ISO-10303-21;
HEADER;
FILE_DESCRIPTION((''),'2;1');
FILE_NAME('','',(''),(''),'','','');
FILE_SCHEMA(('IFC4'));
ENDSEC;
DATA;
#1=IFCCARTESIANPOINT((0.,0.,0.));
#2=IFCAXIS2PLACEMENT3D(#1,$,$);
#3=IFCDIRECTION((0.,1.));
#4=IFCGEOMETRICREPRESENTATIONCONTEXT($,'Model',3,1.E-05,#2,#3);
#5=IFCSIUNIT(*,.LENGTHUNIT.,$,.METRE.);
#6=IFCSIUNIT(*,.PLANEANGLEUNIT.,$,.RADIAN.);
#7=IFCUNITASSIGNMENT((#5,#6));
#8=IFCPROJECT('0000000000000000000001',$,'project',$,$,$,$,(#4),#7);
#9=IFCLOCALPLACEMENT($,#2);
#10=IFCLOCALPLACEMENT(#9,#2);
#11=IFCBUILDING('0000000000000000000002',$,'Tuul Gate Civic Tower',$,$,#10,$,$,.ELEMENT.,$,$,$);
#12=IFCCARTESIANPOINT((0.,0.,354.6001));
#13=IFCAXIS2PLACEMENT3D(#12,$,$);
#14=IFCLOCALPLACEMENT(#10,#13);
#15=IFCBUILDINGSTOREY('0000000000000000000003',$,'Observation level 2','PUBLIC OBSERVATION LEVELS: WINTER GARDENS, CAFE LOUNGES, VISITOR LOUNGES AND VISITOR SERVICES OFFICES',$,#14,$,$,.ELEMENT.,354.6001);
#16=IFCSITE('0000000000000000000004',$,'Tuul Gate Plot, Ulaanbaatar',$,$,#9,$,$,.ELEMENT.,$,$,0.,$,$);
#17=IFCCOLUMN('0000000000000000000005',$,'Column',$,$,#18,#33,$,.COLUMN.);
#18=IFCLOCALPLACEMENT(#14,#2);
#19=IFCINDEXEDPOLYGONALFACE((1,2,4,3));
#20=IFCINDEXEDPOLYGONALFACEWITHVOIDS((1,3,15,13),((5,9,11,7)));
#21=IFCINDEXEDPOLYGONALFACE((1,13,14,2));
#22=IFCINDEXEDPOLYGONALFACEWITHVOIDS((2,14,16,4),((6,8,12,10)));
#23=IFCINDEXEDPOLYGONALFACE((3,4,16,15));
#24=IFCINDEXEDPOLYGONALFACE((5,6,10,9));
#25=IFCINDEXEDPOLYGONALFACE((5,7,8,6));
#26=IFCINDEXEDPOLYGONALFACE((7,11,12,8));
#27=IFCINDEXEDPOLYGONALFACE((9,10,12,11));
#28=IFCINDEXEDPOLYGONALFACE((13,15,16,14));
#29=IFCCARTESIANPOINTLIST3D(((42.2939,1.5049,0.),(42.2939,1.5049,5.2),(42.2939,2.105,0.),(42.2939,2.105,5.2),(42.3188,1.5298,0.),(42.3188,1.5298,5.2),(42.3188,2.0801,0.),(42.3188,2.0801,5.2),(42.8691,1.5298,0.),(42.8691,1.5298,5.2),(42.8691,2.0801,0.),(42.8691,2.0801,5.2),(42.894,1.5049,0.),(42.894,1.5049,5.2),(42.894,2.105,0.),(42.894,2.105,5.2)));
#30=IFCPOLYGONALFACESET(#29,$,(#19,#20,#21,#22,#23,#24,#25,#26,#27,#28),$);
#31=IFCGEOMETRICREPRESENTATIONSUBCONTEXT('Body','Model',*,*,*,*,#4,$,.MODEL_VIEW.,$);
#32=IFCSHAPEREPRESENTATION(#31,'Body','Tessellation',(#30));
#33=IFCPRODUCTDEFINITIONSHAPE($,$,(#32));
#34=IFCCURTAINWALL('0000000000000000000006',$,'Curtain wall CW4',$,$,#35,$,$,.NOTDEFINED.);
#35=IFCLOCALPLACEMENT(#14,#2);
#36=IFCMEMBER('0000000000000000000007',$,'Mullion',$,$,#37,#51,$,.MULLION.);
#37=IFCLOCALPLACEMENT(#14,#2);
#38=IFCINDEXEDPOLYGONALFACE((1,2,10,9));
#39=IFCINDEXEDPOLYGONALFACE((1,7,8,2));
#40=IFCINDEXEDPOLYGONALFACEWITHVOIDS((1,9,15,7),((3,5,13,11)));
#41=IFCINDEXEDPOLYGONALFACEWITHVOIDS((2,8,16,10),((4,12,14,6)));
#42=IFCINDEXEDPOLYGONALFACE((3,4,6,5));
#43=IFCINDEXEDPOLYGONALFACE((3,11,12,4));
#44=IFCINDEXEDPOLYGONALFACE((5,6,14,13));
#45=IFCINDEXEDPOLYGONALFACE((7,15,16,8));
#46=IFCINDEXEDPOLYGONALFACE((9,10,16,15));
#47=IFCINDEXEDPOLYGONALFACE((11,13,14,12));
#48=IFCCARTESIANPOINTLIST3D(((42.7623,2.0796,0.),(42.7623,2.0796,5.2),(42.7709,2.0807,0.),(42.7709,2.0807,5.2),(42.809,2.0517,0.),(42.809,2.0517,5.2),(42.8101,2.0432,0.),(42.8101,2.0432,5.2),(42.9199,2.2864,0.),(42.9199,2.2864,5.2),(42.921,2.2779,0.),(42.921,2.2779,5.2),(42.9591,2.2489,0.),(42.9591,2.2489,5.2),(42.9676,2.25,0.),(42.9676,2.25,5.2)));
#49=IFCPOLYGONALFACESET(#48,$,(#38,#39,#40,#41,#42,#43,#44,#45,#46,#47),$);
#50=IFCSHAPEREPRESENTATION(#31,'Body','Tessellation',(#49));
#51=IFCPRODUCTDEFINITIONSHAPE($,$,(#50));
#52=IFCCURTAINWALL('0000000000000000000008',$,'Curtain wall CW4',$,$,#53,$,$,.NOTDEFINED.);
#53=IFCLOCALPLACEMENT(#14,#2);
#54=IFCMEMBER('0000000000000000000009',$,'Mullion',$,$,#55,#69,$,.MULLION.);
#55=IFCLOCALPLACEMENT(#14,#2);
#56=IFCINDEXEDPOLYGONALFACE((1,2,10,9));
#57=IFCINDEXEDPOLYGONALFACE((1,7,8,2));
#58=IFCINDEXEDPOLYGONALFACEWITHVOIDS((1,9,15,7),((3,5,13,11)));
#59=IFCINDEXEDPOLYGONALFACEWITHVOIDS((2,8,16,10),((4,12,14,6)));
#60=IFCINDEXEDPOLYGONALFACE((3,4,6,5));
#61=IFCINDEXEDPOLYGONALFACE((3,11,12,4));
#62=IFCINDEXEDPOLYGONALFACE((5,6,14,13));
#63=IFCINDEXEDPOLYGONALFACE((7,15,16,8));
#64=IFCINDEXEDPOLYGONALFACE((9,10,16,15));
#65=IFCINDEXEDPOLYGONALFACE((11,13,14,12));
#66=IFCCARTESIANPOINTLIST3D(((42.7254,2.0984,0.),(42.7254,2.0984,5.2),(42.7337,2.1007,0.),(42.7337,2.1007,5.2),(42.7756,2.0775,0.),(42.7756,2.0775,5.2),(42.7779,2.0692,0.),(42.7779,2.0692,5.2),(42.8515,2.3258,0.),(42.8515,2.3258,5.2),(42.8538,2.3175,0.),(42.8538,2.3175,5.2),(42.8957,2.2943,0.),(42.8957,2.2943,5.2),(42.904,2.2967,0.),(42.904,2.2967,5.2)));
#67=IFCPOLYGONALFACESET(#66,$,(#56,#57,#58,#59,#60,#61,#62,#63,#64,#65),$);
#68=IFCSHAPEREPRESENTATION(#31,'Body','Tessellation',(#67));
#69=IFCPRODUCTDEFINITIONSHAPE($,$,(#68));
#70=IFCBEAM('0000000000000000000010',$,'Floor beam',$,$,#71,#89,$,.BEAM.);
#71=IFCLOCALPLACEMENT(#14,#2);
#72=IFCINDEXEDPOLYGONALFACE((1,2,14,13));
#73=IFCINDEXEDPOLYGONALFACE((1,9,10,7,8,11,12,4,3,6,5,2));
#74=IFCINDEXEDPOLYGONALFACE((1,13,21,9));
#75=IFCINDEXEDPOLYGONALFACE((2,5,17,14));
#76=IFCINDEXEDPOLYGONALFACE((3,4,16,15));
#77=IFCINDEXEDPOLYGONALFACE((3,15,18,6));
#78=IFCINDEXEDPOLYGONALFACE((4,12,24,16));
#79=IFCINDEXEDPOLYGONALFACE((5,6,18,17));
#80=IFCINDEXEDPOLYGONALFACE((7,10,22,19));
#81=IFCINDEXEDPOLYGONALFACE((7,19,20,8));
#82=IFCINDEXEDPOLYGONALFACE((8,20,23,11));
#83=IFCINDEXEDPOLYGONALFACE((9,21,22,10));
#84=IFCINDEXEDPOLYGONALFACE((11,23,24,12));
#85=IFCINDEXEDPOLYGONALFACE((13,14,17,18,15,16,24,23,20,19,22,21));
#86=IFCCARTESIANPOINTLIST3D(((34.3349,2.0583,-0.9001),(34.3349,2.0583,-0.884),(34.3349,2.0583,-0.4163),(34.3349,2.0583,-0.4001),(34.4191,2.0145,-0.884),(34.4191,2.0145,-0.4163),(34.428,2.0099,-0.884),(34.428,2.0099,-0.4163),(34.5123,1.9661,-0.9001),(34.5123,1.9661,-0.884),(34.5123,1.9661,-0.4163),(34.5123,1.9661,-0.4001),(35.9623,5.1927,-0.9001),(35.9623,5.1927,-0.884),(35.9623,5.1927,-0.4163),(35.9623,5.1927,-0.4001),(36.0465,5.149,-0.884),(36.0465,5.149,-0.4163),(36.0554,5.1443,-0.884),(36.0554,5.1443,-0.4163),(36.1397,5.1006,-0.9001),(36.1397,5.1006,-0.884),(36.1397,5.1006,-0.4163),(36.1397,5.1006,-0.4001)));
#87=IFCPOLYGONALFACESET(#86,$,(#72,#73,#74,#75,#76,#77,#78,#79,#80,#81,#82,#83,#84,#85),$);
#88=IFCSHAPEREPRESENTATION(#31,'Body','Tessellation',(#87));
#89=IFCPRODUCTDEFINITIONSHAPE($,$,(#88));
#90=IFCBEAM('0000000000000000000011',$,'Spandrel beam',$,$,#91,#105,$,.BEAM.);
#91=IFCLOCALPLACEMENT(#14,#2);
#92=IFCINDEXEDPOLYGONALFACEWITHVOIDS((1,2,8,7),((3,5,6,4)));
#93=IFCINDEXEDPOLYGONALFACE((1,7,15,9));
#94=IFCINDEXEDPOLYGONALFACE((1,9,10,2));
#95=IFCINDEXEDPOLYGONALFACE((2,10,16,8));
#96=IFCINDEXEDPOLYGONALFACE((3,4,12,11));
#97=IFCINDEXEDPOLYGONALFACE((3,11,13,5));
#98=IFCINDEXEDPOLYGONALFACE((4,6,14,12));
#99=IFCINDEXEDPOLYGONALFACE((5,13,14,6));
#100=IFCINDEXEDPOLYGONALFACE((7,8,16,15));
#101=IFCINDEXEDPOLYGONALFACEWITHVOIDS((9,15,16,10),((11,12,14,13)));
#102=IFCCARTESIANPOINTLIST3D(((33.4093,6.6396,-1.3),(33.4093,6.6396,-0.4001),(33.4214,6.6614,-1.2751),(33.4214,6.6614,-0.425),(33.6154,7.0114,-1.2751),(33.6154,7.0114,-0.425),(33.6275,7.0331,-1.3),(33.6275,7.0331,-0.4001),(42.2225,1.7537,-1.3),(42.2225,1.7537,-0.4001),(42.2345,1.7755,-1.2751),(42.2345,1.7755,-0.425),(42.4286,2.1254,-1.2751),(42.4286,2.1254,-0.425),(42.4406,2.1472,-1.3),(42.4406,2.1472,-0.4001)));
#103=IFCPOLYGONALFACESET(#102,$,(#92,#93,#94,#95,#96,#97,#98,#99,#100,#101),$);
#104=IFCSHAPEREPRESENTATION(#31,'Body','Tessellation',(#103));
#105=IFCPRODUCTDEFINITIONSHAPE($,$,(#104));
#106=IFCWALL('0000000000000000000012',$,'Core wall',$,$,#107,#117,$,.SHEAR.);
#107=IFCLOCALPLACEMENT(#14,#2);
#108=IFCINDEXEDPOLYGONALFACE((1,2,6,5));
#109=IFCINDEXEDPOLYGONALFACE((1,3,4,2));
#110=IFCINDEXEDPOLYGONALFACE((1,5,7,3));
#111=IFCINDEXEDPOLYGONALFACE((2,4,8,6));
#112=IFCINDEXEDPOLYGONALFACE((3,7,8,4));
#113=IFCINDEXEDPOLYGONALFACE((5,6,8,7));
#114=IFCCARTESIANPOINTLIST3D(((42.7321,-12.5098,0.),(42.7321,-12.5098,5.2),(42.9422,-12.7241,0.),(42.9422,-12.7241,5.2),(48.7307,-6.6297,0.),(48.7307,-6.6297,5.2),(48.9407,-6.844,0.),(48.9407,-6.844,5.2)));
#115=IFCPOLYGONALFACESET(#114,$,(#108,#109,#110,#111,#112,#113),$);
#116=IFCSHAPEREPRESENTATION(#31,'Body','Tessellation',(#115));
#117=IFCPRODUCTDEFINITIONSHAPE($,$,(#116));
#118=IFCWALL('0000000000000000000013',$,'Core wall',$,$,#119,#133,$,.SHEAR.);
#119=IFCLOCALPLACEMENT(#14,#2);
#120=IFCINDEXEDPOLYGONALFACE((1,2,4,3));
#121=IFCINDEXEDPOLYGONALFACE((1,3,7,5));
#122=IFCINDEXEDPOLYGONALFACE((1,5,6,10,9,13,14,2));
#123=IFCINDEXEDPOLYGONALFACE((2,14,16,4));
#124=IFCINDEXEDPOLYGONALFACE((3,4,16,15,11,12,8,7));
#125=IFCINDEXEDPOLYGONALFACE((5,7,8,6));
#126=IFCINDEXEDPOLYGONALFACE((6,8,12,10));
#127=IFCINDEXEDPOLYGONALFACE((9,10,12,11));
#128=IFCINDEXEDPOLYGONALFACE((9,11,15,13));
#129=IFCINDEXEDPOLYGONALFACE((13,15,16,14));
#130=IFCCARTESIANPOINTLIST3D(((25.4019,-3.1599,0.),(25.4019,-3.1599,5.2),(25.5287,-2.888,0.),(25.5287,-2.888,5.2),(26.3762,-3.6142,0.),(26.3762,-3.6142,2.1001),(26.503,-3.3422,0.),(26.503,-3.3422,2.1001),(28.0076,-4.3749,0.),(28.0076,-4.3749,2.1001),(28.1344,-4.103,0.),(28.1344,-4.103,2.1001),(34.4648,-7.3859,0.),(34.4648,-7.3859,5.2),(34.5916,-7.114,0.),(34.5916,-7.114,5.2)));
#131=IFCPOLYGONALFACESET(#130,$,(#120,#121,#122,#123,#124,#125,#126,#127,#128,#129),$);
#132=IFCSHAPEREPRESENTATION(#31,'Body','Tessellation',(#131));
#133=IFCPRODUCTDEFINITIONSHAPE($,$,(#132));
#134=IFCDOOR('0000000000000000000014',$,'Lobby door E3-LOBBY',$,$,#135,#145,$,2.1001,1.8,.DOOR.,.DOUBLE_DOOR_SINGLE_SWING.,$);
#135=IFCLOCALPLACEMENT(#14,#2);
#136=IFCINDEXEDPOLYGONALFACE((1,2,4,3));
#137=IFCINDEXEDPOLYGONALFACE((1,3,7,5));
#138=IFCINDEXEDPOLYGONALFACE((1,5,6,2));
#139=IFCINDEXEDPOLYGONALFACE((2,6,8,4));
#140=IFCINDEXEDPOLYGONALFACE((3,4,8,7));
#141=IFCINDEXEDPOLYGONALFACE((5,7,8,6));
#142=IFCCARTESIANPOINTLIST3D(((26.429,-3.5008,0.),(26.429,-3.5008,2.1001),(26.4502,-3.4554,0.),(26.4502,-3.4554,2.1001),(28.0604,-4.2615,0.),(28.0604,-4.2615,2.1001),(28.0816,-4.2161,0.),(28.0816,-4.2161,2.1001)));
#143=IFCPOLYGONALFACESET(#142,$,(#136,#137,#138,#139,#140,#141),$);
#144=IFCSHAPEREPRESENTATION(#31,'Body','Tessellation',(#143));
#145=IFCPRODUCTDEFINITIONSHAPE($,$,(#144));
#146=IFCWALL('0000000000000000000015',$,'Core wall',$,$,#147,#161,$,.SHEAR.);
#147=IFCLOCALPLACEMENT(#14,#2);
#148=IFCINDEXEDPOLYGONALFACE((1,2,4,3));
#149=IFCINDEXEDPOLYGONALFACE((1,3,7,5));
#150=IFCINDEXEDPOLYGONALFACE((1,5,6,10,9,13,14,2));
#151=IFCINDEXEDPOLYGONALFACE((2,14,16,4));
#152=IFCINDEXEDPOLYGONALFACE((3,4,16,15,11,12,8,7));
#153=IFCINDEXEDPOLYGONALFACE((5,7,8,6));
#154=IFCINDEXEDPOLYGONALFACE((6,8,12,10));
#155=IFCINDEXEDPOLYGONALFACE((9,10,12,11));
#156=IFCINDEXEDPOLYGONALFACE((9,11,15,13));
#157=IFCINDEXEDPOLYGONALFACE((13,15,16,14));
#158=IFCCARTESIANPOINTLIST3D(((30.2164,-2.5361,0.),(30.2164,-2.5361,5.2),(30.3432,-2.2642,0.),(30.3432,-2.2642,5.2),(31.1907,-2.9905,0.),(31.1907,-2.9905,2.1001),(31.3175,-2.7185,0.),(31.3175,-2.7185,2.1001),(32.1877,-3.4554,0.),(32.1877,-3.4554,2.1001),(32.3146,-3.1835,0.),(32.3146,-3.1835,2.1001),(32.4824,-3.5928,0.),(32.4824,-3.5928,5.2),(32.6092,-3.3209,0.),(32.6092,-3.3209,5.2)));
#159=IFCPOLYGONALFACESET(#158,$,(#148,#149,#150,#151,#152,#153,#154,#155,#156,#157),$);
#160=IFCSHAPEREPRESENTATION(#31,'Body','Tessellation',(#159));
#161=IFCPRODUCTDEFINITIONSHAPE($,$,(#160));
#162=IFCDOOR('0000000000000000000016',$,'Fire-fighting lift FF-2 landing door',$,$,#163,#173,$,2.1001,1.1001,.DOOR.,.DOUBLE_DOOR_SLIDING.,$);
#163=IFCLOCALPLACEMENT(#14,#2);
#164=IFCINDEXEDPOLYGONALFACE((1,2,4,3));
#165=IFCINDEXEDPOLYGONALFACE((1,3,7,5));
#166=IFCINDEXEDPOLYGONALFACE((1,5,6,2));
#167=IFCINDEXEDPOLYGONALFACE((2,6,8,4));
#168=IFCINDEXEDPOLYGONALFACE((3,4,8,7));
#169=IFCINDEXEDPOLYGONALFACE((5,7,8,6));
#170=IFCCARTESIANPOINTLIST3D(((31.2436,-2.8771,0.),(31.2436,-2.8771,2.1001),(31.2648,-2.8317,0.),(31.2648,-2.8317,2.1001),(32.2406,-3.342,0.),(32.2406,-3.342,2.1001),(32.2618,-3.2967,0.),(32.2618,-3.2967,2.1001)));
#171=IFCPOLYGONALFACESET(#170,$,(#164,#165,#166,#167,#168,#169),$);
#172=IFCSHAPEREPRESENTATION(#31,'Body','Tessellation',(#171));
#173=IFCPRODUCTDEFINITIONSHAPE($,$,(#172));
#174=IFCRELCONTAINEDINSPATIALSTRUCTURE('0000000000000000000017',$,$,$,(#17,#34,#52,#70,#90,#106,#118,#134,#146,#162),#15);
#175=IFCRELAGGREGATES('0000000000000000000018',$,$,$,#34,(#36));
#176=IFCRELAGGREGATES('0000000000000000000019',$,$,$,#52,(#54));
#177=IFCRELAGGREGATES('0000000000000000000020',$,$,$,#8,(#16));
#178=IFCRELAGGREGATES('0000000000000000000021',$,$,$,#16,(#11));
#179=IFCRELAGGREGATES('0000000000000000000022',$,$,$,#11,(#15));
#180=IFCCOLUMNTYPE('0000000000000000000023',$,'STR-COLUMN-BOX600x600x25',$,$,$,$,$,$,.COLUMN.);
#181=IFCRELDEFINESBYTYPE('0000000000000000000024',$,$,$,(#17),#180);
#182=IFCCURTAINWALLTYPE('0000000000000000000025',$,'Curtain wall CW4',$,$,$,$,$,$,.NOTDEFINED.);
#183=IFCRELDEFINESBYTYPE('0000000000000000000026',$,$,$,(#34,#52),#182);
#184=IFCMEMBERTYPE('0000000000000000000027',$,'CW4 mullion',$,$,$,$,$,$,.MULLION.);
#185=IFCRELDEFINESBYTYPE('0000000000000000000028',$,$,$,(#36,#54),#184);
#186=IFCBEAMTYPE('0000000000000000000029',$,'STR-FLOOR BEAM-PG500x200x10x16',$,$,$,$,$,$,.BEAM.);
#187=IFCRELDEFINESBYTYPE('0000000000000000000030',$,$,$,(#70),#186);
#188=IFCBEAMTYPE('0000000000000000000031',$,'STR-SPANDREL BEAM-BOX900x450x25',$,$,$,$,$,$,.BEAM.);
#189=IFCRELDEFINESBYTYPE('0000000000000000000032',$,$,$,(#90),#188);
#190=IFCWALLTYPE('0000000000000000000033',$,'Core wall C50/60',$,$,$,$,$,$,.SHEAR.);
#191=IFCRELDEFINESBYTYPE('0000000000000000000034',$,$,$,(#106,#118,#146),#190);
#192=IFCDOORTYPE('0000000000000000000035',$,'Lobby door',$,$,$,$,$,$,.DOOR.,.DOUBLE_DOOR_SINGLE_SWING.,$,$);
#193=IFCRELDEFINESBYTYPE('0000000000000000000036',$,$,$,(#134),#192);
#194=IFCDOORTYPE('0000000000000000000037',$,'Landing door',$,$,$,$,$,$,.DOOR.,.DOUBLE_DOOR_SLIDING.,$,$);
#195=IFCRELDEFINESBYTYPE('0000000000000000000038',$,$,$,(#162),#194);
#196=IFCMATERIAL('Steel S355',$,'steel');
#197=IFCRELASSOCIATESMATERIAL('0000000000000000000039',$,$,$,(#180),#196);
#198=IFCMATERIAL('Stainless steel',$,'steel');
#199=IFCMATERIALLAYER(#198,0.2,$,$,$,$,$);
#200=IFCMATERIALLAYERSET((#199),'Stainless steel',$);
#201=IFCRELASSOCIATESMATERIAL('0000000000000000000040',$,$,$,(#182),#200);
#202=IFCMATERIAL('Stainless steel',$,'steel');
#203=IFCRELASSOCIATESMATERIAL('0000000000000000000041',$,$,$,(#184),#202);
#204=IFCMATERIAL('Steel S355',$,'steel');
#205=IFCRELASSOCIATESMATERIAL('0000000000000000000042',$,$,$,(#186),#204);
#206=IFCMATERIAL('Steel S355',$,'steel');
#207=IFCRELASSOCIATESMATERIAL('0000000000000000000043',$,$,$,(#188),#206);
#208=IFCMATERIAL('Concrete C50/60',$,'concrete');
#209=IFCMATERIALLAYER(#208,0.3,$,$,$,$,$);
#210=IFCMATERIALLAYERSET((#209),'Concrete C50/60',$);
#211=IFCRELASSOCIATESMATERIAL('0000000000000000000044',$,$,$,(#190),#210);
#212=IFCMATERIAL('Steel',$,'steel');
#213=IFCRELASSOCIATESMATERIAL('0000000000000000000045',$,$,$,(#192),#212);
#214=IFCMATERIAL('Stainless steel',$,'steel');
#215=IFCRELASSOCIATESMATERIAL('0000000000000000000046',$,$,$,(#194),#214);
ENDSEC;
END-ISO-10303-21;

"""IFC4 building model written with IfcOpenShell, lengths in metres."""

from ifc_helpers import new_model, si_unit, direction, frame, frame_2d, origin, origin_2d, place, context, subcontext, project, spatial, rectangle, hollow_rectangle, i_section, extrude, material, layer, layer_set, material_profile, profile_set, type_object, element, fill, aggregate, save


model = new_model("IFC4")

# Units and contexts
model_context = context("Model", 3, precision=1e-05, world=origin(), true_north=direction((0.0, 1.0)))
body_context = subcontext(model_context, "Body", "Model", "MODEL_VIEW")
ifc_project = project(units=[si_unit("LENGTHUNIT", "METRE"), si_unit("PLANEANGLEUNIT", "RADIAN")], contexts=[model_context])

# Site, building, storey
site_placement = place(None, origin())
site = spatial("IfcSite", under=ifc_project, at=site_placement, Name="Tuul Gate Plot, Ulaanbaatar", CompositionType="ELEMENT", RefElevation=0.0)
building_placement = place(site_placement, origin())
building = spatial("IfcBuilding", under=site, at=building_placement, Name="Tuul Gate Civic Tower", CompositionType="ELEMENT")
storey_placement = place(building_placement, frame((0.0, 0.0, 354.6001)))
storey = spatial("IfcBuildingStorey", under=building, at=storey_placement, Name="Observation level 2", Description="PUBLIC OBSERVATION LEVELS: WINTER GARDENS, CAFE LOUNGES, VISITOR LOUNGES AND VISITOR SERVICES OFFICES", CompositionType="ELEMENT", Elevation=354.6001)

# Column
ifc_material_1 = material(Name="Steel S355", Category="steel")
ifc_material_profile_1 = material_profile(ifc_material_1, hollow_rectangle(XDim=0.6001, YDim=0.6001, WallThickness=0.0249, at=origin_2d()), Name="BOX600x600x25")
ifc_profile_set_1 = profile_set([ifc_material_profile_1], Name="Steel S355")
column_type = type_object("IfcColumnType", Name="STR-COLUMN-BOX600x600x25", PredefinedType="COLUMN", material=ifc_profile_set_1)
column_placement = place(storey_placement, frame((42.594, 1.8049, 0.0), z_axis=(0.0, 0.0, 1.0), x_axis=(1.0, 0.0, 0.0)))
element("IfcColumn", 1, at=column_placement, inside=storey, type_object=column_type, Name="Column", PredefinedType="COLUMN", context=body_context, shape_type="SweptSolid", body=[
    extrude(hollow_rectangle(XDim=0.6001, YDim=0.6001, WallThickness=0.0249, at=origin_2d()), origin(), (0.0, 0.0, 1.0), 5.2),
])

# Curtain walls, members
ifc_material_2 = material(Name="Stainless steel", Category="steel")
ifc_layer_1 = layer(ifc_material_2, 0.2)
ifc_layer_set_1 = layer_set([ifc_layer_1], Name="Stainless steel")
curtain_wall_type = type_object("IfcCurtainWallType", Name="Curtain wall CW4", PredefinedType="NOTDEFINED", material=ifc_layer_set_1)
curtain_wall_1_placement = place(storey_placement, origin())
curtain_wall_1 = element("IfcCurtainWall", 2, at=curtain_wall_1_placement, inside=storey, type_object=curtain_wall_type, Name="Curtain wall CW4", PredefinedType="NOTDEFINED")
ifc_material_3 = material(Name="Stainless steel", Category="steel")
ifc_material_profile_2 = material_profile(ifc_material_3, hollow_rectangle(XDim=0.26, YDim=0.0601, WallThickness=0.0061, at=origin_2d()), Name="CW4 mullion")
ifc_profile_set_2 = profile_set([ifc_material_profile_2], Name="Stainless steel")
member_type = type_object("IfcMemberType", Name="CW4 mullion", PredefinedType="MULLION", material=ifc_profile_set_2)
member_1_placement = place(storey_placement, frame((42.865, 2.1648, 0.0), z_axis=(0.0, 0.0, 1.0), x_axis=(-0.605808, -0.795611, 0.0)))
member_1 = element("IfcMember", 3, at=member_1_placement, type_object=member_type, Name="Mullion", PredefinedType="MULLION", context=body_context, shape_type="SweptSolid", body=[
    extrude(hollow_rectangle(XDim=0.26, YDim=0.0601, WallThickness=0.0061, at=origin_2d()), origin(), (0.0, 0.0, 1.0), 5.2),
])
aggregate(curtain_wall_1, [member_1])
curtain_wall_2_placement = place(storey_placement, origin())
curtain_wall_2 = element("IfcCurtainWall", 4, at=curtain_wall_2_placement, inside=storey, type_object=curtain_wall_type, Name="Curtain wall CW4", PredefinedType="NOTDEFINED")
member_2_placement = place(storey_placement, frame((42.8147, 2.1975, 0.0), z_axis=(0.0, 0.0, 1.0), x_axis=(-0.484789, -0.874631, 0.0)))
member_2 = element("IfcMember", 5, at=member_2_placement, type_object=member_type, Name="Mullion", PredefinedType="MULLION", context=body_context, shape_type="SweptSolid", body=[
    extrude(hollow_rectangle(XDim=0.26, YDim=0.0601, WallThickness=0.0061, at=origin_2d()), origin(), (0.0, 0.0, 1.0), 5.2),
])
aggregate(curtain_wall_2, [member_2])

# Beams
ifc_material_4 = material(Name="Steel S355", Category="steel")
ifc_material_profile_3 = material_profile(ifc_material_4, i_section(OverallWidth=0.2, OverallDepth=0.5, WebThickness=0.01, FlangeThickness=0.0161, at=origin_2d()), Name="PG500x200x10x16")
ifc_profile_set_3 = profile_set([ifc_material_profile_3], Name="Steel S355")
beam_type_1 = type_object("IfcBeamType", Name="STR-FLOOR BEAM-PG500x200x10x16", PredefinedType="BEAM", material=ifc_profile_set_3)
beam_1_placement = place(storey_placement, frame((34.4236, 2.0122, -0.6501), z_axis=(0.460793, 0.887507, 0.0), x_axis=(-0.887507, 0.460793, 0.0)))
element("IfcBeam", 6, at=beam_1_placement, inside=storey, type_object=beam_type_1, Name="Floor beam", PredefinedType="BEAM", context=body_context, shape_type="SweptSolid", body=[
    extrude(i_section(OverallWidth=0.2, OverallDepth=0.5, WebThickness=0.01, FlangeThickness=0.0161, at=origin_2d()), origin(), (0.0, 0.0, 1.0), 3.5317),
])
ifc_material_5 = material(Name="Steel S355", Category="steel")
ifc_material_profile_4 = material_profile(ifc_material_5, hollow_rectangle(XDim=0.45, YDim=0.8999, WallThickness=0.0249, at=origin_2d()), Name="BOX900x450x25")
ifc_profile_set_4 = profile_set([ifc_material_profile_4], Name="Steel S355")
beam_type_2 = type_object("IfcBeamType", Name="STR-SPANDREL BEAM-BOX900x450x25", PredefinedType="BEAM", material=ifc_profile_set_4)
beam_2_placement = place(storey_placement, frame((42.3315, 1.9504, -0.8501), z_axis=(-0.874589, 0.484865, 0.0), x_axis=(-0.484865, -0.874589, 0.0)))
element("IfcBeam", 7, at=beam_2_placement, inside=storey, type_object=beam_type_2, Name="Spandrel beam", PredefinedType="BEAM", context=body_context, shape_type="SweptSolid", body=[
    extrude(hollow_rectangle(XDim=0.45, YDim=0.8999, WallThickness=0.0249, at=origin_2d()), origin(), (0.0, 0.0, 1.0), 10.0769),
])

# Wall
ifc_material_6 = material(Name="Concrete C50/60", Category="concrete")
ifc_layer_2 = layer(ifc_material_6, 0.3)
ifc_layer_set_2 = layer_set([ifc_layer_2], Name="Concrete C50/60")
wall_type_1 = type_object("IfcWallType", Name="Core wall C50/60", PredefinedType="SHEAR", material=ifc_layer_set_2)
wall_1_placement = place(storey_placement, frame((42.8372, -12.6169, 0.0), z_axis=(0.0, 0.0, 1.0), x_axis=(0.71412, 0.700023, 0.0)))
element("IfcWall", 8, at=wall_1_placement, inside=storey, type_object=wall_type_1, Name="Core wall", PredefinedType="SHEAR", context=body_context, shape_type="SweptSolid", body=[
    extrude(rectangle(XDim=8.3999, YDim=0.3, at=frame_2d((4.2, 0.0))), origin(), (0.0, 0.0, 1.0), 5.2),
])

# Walls, openings, doors
wall_2_placement = place(storey_placement, frame((34.5283, -7.25, 0.0), z_axis=(0.0, 0.0, 1.0), x_axis=(-0.90631, 0.422613, 0.0)))
wall_2 = element("IfcWall", 9, at=wall_2_placement, inside=storey, type_object=wall_type_1, Name="Core wall", PredefinedType="SHEAR", context=body_context, shape_type="SweptSolid", body=[
    extrude(rectangle(XDim=9.9998, YDim=0.3, at=frame_2d((5.0, 0.0))), origin(), (0.0, 0.0, 1.0), 5.2),
])
opening_1_placement = place(wall_2_placement, frame((7.125, 0.0, 0.0)))
opening_1 = element("IfcOpeningElement", 10, at=opening_1_placement, cuts=wall_2, PredefinedType="OPENING", context=body_context, shape_type="SweptSolid", body=[
    extrude(rectangle(XDim=1.8, YDim=2.1001, at=frame_2d((0.8999, 1.05))), frame((0.0, 0.1602, 0.0), z_axis=(0.0, -1.0, 0.0), x_axis=(1.0, 0.0, 0.0)), (0.0, 0.0, 1.0), 0.3201),
])
ifc_material_7 = material(Name="Steel", Category="steel")
door_type_1 = type_object("IfcDoorType", Name="Lobby door", OperationType="DOUBLE_DOOR_SINGLE_SWING", PredefinedType="DOOR", material=ifc_material_7)
door_1_placement = place(opening_1_placement, origin())
door_1 = element("IfcDoor", 11, at=door_1_placement, inside=storey, type_object=door_type_1, Name="Lobby door E3-LOBBY", OperationType="DOUBLE_DOOR_SINGLE_SWING", OverallHeight=2.1001, OverallWidth=1.8, PredefinedType="DOOR", context=body_context, shape_type="SweptSolid", body=[
    extrude(rectangle(XDim=1.8, YDim=2.1001, at=frame_2d((0.8999, 1.05))), frame((0.0, 0.0249, 0.0), z_axis=(0.0, -1.0, 0.0), x_axis=(1.0, 0.0, 0.0)), (0.0, 0.0, 1.0), 0.05),
])
fill(opening_1, door_1)
wall_3_placement = place(storey_placement, frame((32.5457, -3.4568, 0.0), z_axis=(0.0, 0.0, 1.0), x_axis=(-0.9063, 0.422634, 0.0)))
wall_3 = element("IfcWall", 12, at=wall_3_placement, inside=storey, type_object=wall_type_1, Name="Core wall", PredefinedType="SHEAR", context=body_context, shape_type="SweptSolid", body=[
    extrude(rectangle(XDim=2.5002, YDim=0.3, at=frame_2d((1.25, 0.0))), origin(), (0.0, 0.0, 1.0), 5.2),
])
opening_2_placement = place(wall_3_placement, frame((0.325, 0.0, 0.0)))
opening_2 = element("IfcOpeningElement", 13, at=opening_2_placement, cuts=wall_3, PredefinedType="OPENING", context=body_context, shape_type="SweptSolid", body=[
    extrude(rectangle(XDim=1.1001, YDim=2.1001, at=frame_2d((0.55, 1.05))), frame((0.0, 0.1602, 0.0), z_axis=(0.0, -1.0, 0.0), x_axis=(1.0, 0.0, 0.0)), (0.0, 0.0, 1.0), 0.3201),
])
ifc_material_8 = material(Name="Stainless steel", Category="steel")
door_type_2 = type_object("IfcDoorType", Name="Landing door", OperationType="DOUBLE_DOOR_SLIDING", PredefinedType="DOOR", material=ifc_material_8)
door_2_placement = place(opening_2_placement, origin())
door_2 = element("IfcDoor", 14, at=door_2_placement, inside=storey, type_object=door_type_2, Name="Fire-fighting lift FF-2 landing door", OperationType="DOUBLE_DOOR_SLIDING", OverallHeight=2.1001, OverallWidth=1.1001, PredefinedType="DOOR", context=body_context, shape_type="SweptSolid", body=[
    extrude(rectangle(XDim=1.1001, YDim=2.1001, at=frame_2d((0.55, 1.05))), frame((0.0, 0.0249, 0.0), z_axis=(0.0, -1.0, 0.0), x_axis=(1.0, 0.0, 0.0)), (0.0, 0.0, 1.0), 0.05),
])
fill(opening_2, door_2)

save(model, "model.ifc")
